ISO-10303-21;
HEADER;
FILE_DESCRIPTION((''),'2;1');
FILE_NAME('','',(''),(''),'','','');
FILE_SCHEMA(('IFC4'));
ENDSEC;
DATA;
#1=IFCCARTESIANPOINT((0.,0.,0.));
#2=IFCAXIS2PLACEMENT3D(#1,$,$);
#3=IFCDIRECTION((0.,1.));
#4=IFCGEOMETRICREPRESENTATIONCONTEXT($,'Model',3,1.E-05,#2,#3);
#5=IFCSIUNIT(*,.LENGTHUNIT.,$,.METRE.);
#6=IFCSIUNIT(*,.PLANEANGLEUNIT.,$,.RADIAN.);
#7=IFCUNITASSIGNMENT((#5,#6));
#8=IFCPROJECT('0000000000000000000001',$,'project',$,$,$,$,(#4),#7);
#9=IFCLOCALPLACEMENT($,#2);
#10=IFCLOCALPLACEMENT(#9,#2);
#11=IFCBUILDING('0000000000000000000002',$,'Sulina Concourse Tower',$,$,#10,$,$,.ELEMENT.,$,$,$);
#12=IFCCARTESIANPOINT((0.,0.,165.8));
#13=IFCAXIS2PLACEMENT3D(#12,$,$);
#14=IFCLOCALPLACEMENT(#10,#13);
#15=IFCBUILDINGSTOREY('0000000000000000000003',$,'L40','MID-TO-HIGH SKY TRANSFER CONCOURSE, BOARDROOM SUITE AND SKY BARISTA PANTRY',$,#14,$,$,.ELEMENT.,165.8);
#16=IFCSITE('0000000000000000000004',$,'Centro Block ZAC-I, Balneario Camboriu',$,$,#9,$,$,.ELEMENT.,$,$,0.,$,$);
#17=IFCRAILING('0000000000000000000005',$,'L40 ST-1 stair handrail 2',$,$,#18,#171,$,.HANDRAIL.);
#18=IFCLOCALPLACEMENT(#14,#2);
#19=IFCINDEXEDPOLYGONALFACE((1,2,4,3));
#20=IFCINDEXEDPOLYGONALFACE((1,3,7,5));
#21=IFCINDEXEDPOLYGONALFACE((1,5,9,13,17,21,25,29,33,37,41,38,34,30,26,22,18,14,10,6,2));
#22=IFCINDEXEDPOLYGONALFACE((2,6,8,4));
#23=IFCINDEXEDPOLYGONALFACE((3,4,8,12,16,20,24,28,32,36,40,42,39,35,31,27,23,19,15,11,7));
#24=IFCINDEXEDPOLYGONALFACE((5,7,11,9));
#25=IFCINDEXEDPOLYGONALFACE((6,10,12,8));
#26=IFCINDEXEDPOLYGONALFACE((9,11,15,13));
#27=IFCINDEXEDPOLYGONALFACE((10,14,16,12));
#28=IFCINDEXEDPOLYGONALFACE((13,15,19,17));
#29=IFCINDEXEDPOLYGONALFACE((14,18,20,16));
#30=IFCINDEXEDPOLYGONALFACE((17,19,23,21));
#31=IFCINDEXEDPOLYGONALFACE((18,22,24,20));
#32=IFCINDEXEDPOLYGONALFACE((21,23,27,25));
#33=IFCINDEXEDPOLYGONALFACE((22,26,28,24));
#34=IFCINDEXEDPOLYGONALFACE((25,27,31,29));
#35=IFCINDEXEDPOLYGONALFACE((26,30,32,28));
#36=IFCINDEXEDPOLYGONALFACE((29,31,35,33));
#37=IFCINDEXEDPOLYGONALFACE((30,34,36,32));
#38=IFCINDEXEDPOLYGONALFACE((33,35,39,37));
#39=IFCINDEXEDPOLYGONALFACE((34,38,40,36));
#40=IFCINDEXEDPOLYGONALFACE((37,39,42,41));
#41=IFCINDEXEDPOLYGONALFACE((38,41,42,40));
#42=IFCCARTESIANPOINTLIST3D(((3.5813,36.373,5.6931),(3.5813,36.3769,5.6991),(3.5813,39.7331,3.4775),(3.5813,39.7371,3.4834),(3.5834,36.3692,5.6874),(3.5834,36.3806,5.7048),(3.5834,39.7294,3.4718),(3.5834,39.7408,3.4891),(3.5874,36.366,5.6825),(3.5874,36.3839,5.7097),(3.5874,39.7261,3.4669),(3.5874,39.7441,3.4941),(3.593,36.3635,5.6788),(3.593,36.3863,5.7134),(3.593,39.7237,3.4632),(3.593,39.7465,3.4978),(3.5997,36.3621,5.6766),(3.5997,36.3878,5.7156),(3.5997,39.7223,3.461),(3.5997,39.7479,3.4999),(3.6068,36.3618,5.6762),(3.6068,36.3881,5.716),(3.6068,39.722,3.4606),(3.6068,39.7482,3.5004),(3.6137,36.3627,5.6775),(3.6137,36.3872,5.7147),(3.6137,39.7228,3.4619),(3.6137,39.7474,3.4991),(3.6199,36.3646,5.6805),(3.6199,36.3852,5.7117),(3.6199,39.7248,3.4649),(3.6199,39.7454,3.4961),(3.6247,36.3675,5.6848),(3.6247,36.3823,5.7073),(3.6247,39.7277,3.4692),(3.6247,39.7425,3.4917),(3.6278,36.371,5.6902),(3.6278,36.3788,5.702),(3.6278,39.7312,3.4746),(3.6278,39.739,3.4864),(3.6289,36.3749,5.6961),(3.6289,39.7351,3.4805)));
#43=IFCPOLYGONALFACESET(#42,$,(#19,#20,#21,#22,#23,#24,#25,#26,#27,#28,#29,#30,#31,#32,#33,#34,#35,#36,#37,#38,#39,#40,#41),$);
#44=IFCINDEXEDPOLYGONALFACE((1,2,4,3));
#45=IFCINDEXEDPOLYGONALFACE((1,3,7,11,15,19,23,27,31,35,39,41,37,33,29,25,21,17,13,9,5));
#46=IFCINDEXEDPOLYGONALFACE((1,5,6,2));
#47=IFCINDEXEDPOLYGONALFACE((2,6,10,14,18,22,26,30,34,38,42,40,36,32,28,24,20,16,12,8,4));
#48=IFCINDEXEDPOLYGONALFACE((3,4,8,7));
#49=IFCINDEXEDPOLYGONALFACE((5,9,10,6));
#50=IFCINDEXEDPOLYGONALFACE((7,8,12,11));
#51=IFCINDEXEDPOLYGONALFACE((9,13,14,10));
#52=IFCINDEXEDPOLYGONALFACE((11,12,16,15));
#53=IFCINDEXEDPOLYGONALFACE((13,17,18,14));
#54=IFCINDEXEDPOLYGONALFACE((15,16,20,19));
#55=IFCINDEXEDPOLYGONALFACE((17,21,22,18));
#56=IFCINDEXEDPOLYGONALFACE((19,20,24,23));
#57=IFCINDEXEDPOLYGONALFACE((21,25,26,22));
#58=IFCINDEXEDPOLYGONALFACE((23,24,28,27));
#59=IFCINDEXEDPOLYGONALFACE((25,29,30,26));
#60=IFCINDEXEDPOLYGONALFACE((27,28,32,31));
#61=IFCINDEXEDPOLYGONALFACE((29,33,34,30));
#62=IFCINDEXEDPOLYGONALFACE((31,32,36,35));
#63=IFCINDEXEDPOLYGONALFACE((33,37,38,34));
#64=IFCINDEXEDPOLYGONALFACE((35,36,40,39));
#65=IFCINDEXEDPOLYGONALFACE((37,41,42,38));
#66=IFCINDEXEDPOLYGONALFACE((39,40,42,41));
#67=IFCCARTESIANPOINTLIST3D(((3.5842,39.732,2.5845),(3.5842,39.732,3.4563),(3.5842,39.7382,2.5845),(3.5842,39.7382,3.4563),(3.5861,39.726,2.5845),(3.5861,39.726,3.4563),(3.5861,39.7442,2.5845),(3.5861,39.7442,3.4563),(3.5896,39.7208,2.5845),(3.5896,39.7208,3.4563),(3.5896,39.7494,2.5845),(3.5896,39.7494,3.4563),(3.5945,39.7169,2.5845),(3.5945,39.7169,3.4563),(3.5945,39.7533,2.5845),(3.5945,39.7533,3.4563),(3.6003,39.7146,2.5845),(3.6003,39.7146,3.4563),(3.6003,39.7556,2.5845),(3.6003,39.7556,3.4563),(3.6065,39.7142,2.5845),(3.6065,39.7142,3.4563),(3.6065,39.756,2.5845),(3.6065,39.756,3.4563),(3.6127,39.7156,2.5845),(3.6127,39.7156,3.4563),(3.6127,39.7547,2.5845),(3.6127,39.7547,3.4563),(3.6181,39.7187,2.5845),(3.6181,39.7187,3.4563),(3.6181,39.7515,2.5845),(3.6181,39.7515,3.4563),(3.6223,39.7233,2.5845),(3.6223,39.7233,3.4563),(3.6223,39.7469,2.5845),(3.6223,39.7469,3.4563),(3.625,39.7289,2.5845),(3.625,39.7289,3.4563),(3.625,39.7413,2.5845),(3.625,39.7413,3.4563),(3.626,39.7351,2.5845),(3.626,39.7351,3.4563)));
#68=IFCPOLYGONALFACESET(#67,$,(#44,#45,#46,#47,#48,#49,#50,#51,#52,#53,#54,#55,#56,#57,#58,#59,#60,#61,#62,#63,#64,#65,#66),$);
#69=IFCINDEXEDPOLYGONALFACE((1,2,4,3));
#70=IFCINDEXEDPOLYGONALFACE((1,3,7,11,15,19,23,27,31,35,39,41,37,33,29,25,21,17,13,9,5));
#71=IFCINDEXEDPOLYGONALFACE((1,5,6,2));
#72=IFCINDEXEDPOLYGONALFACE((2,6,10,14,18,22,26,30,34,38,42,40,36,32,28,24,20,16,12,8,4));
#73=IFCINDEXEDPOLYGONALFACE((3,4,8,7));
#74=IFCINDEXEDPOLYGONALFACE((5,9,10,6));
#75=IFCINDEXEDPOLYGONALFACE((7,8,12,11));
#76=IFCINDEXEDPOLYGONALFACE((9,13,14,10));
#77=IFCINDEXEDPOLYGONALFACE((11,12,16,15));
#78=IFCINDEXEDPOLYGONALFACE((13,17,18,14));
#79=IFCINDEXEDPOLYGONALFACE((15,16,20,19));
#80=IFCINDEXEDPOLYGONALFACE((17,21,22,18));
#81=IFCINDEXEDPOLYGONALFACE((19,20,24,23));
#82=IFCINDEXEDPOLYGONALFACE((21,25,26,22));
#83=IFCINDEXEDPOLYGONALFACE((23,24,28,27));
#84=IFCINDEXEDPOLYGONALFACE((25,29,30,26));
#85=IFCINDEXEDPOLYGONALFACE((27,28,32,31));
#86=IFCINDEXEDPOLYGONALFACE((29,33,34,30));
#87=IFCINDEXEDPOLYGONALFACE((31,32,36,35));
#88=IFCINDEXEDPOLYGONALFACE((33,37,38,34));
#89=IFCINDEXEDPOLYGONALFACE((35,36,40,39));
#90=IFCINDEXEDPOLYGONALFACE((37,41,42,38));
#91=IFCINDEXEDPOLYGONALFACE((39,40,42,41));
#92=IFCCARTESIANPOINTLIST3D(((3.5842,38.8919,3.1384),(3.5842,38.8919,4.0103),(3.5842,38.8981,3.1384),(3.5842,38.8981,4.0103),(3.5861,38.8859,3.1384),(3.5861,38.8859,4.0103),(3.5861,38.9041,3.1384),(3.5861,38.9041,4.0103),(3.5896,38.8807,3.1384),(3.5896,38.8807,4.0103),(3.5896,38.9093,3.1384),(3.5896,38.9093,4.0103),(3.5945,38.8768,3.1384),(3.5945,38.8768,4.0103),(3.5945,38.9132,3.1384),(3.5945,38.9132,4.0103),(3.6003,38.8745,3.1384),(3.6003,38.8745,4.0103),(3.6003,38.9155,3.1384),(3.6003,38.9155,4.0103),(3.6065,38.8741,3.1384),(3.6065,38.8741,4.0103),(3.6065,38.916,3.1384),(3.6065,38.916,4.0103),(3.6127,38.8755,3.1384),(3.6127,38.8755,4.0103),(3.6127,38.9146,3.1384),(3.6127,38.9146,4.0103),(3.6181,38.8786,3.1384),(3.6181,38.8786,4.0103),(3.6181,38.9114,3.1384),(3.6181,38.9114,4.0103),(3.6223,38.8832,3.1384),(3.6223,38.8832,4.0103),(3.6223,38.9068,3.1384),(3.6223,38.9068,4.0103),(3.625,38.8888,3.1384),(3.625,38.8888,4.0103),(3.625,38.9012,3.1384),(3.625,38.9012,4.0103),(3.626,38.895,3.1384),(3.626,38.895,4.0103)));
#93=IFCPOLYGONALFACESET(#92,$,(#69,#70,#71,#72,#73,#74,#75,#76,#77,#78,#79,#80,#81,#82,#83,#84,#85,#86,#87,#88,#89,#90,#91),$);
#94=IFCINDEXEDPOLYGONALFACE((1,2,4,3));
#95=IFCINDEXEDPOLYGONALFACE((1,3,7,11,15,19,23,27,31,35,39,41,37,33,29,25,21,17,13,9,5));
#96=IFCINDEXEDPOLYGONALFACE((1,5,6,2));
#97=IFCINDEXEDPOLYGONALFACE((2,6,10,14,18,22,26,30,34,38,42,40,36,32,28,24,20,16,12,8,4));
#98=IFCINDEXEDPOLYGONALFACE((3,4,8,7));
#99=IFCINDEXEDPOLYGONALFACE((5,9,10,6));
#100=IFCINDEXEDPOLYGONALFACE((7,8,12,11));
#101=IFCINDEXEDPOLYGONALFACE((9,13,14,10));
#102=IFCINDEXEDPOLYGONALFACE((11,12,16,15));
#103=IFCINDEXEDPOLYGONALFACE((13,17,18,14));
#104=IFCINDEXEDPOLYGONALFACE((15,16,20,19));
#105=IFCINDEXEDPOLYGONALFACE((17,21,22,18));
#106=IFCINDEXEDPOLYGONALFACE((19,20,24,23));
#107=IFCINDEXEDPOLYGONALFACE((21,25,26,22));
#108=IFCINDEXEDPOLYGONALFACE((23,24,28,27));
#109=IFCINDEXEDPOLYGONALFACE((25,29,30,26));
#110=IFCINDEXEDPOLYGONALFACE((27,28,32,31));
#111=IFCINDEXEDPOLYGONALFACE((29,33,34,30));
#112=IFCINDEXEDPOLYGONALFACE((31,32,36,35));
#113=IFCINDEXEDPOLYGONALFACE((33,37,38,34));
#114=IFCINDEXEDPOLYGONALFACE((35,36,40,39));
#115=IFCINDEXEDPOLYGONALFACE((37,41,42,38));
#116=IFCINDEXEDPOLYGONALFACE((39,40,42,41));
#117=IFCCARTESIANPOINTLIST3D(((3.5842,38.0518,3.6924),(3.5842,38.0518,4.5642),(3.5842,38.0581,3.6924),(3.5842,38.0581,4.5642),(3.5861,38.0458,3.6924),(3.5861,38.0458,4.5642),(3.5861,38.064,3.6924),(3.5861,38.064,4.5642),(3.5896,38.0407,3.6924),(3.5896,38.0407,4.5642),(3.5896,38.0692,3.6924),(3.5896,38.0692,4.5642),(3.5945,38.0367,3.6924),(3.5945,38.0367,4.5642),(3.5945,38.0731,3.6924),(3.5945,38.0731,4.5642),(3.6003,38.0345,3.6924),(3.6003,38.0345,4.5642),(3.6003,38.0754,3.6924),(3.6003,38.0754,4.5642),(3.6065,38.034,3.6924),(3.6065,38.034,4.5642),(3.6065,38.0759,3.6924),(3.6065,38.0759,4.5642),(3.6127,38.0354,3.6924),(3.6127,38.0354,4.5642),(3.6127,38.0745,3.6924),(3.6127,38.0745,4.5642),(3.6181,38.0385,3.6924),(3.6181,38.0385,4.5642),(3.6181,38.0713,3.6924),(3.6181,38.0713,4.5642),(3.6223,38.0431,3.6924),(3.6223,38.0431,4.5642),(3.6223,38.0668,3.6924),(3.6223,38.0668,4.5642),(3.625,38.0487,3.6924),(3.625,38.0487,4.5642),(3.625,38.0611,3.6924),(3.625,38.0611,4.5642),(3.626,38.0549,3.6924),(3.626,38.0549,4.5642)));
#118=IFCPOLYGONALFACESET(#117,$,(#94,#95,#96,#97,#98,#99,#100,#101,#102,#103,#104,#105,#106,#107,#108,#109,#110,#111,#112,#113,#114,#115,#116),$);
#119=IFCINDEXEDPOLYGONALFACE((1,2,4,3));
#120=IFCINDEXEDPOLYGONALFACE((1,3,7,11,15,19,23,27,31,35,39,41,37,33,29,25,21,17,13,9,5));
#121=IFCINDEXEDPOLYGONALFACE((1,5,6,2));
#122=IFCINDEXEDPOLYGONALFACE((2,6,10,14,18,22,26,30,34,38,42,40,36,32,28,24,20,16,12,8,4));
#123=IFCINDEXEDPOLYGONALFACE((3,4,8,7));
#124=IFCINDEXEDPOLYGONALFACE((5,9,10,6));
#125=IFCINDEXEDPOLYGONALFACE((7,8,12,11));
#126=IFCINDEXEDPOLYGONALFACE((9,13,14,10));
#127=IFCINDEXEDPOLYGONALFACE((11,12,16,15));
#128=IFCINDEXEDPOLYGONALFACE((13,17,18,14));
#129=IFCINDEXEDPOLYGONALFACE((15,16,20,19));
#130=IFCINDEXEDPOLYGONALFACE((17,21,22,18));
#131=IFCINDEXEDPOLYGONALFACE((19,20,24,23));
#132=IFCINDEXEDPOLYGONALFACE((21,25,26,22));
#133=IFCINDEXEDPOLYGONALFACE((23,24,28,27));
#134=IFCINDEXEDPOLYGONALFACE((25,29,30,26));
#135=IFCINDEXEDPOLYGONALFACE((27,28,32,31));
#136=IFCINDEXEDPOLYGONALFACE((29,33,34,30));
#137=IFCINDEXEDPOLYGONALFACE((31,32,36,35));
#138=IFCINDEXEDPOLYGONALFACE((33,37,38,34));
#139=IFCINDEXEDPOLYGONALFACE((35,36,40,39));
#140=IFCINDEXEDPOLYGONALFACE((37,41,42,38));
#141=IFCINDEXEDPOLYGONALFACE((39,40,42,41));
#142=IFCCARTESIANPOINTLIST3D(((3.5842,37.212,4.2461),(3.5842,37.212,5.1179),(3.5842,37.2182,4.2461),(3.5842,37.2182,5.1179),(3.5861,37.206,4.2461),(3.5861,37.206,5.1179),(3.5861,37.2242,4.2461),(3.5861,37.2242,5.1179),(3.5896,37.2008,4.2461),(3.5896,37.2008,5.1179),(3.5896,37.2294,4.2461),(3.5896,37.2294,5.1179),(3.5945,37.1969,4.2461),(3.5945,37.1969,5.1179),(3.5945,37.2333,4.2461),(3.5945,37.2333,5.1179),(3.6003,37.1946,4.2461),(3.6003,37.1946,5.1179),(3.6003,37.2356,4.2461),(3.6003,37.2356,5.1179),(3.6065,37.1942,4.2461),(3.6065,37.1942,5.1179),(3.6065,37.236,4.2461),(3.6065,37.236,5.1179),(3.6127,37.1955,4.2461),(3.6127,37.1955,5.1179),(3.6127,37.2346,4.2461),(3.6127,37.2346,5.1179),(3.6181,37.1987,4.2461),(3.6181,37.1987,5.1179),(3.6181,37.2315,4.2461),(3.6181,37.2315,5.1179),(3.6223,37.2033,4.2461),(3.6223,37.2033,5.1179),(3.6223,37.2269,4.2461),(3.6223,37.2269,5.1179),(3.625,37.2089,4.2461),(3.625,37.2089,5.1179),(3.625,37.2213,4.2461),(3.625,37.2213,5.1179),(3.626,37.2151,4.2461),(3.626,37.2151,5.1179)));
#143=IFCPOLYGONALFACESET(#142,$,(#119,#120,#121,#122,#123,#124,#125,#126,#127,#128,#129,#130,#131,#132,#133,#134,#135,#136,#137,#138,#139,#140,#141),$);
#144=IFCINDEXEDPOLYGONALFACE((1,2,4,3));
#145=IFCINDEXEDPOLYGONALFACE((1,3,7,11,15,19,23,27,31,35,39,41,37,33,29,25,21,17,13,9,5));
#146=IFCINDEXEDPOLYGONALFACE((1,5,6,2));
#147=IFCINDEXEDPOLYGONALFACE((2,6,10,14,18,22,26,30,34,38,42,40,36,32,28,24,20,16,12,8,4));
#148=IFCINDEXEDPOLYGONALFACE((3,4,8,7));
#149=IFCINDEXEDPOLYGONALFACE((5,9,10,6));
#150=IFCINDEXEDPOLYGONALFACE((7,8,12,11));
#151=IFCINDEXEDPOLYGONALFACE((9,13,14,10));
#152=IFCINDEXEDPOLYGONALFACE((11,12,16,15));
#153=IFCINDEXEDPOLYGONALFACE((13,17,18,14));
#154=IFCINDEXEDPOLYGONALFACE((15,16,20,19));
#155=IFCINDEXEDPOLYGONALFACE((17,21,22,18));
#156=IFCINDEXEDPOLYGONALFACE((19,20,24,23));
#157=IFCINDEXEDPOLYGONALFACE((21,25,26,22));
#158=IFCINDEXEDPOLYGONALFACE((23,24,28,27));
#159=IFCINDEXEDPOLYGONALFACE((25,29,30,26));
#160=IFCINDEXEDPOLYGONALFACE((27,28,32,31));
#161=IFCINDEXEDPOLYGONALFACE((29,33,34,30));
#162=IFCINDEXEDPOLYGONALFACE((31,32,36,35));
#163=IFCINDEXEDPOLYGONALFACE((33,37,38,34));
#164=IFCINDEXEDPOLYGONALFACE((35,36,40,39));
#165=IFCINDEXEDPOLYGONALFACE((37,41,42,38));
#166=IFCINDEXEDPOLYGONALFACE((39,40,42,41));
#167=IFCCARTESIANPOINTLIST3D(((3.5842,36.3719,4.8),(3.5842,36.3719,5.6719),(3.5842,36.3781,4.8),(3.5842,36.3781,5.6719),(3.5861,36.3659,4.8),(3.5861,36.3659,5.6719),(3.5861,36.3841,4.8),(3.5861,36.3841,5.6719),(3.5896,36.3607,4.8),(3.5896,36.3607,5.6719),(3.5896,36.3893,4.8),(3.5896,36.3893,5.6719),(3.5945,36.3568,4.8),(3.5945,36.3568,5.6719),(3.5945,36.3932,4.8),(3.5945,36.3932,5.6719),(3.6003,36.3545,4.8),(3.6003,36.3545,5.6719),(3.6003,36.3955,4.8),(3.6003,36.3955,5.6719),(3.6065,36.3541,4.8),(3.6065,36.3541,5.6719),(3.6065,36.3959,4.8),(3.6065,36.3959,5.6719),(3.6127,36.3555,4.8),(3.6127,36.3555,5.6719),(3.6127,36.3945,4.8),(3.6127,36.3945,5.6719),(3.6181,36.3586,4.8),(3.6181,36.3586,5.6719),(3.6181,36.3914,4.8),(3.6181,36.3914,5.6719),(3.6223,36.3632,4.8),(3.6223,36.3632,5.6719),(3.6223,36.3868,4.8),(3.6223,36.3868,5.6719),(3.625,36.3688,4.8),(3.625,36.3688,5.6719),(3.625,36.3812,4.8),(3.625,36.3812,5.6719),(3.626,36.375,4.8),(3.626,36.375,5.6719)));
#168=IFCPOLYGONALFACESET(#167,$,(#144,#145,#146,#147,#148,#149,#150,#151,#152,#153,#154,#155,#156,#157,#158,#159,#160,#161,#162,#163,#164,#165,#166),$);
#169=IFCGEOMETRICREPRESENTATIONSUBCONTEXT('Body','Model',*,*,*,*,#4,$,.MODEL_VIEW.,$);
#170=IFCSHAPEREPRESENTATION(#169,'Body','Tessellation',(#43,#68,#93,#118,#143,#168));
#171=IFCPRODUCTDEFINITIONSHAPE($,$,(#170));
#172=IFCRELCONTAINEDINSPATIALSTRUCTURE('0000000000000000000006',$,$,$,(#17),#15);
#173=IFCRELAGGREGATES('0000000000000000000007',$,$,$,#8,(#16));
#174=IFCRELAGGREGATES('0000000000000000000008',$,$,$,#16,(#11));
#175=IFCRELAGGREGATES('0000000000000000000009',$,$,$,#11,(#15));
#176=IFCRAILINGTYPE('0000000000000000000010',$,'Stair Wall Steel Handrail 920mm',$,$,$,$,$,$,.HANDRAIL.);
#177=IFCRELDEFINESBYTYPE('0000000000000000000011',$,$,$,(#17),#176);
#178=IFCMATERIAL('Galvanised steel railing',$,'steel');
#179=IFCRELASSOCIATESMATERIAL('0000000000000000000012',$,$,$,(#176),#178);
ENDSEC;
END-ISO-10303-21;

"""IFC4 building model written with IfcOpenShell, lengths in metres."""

from ifc_helpers import new_model, si_unit, direction, frame, origin, origin_2d, place, context, subcontext, project, spatial, circle, extrude, material, type_object, element, save


model = new_model("IFC4")

# Units and contexts
model_context = context("Model", 3, precision=1e-05, world=origin(), true_north=direction((0.0, 1.0)))
body_context = subcontext(model_context, "Body", "Model", "MODEL_VIEW")
ifc_project = project(units=[si_unit("LENGTHUNIT", "METRE"), si_unit("PLANEANGLEUNIT", "RADIAN")], contexts=[model_context])

# Site, building, storey
site_placement = place(None, origin())
site = spatial("IfcSite", under=ifc_project, at=site_placement, Name="Centro Block ZAC-I, Balneario Camboriu", CompositionType="ELEMENT", RefElevation=0.0)
building_placement = place(site_placement, origin())
building = spatial("IfcBuilding", under=site, at=building_placement, Name="Sulina Concourse Tower", CompositionType="ELEMENT")
storey_placement = place(building_placement, frame((0.0, 0.0, 165.8)))
storey = spatial("IfcBuildingStorey", under=building, at=storey_placement, Name="L40", Description="MID-TO-HIGH SKY TRANSFER CONCOURSE, BOARDROOM SUITE AND SKY BARISTA PANTRY", CompositionType="ELEMENT", Elevation=165.8)

# Railing
ifc_material_1 = material(Name="Galvanised steel railing", Category="steel")
railing_type_1 = type_object("IfcRailingType", Name="Stair Wall Steel Handrail 920mm", PredefinedType="HANDRAIL", material=ifc_material_1)
railing_1_placement = place(storey_placement, frame((3.605, 39.7351, 2.5845)))
element("IfcRailing", 1, at=railing_1_placement, inside=storey, type_object=railing_type_1, Name="L40 ST-1 stair handrail 2", PredefinedType="HANDRAIL", context=body_context, shape_type="SweptSolid", body=[
    extrude(circle(Radius=0.0239, at=origin_2d()), frame((0.0, 0.0, 0.896), z_axis=(0.0, -0.834849, 0.55048), x_axis=(1.0, 0.0, 0.0)), (0.0, 0.0, 1.0), 4.0249),
    extrude(circle(Radius=0.021, at=origin_2d()), origin(), (0.0, 0.0, 1.0), 0.8718),
    extrude(circle(Radius=0.021, at=origin_2d()), frame((0.0, -0.8401, 0.554)), (0.0, 0.0, 1.0), 0.8718),
    extrude(circle(Radius=0.021, at=origin_2d()), frame((0.0, -1.6802, 1.1079)), (0.0, 0.0, 1.0), 0.8718),
    extrude(circle(Radius=0.021, at=origin_2d()), frame((0.0, -2.52, 1.6616)), (0.0, 0.0, 1.0), 0.8718),
    extrude(circle(Radius=0.021, at=origin_2d()), frame((0.0, -3.3601, 2.2156)), (0.0, 0.0, 1.0), 0.8718),
])

save(model, "model.ifc")
